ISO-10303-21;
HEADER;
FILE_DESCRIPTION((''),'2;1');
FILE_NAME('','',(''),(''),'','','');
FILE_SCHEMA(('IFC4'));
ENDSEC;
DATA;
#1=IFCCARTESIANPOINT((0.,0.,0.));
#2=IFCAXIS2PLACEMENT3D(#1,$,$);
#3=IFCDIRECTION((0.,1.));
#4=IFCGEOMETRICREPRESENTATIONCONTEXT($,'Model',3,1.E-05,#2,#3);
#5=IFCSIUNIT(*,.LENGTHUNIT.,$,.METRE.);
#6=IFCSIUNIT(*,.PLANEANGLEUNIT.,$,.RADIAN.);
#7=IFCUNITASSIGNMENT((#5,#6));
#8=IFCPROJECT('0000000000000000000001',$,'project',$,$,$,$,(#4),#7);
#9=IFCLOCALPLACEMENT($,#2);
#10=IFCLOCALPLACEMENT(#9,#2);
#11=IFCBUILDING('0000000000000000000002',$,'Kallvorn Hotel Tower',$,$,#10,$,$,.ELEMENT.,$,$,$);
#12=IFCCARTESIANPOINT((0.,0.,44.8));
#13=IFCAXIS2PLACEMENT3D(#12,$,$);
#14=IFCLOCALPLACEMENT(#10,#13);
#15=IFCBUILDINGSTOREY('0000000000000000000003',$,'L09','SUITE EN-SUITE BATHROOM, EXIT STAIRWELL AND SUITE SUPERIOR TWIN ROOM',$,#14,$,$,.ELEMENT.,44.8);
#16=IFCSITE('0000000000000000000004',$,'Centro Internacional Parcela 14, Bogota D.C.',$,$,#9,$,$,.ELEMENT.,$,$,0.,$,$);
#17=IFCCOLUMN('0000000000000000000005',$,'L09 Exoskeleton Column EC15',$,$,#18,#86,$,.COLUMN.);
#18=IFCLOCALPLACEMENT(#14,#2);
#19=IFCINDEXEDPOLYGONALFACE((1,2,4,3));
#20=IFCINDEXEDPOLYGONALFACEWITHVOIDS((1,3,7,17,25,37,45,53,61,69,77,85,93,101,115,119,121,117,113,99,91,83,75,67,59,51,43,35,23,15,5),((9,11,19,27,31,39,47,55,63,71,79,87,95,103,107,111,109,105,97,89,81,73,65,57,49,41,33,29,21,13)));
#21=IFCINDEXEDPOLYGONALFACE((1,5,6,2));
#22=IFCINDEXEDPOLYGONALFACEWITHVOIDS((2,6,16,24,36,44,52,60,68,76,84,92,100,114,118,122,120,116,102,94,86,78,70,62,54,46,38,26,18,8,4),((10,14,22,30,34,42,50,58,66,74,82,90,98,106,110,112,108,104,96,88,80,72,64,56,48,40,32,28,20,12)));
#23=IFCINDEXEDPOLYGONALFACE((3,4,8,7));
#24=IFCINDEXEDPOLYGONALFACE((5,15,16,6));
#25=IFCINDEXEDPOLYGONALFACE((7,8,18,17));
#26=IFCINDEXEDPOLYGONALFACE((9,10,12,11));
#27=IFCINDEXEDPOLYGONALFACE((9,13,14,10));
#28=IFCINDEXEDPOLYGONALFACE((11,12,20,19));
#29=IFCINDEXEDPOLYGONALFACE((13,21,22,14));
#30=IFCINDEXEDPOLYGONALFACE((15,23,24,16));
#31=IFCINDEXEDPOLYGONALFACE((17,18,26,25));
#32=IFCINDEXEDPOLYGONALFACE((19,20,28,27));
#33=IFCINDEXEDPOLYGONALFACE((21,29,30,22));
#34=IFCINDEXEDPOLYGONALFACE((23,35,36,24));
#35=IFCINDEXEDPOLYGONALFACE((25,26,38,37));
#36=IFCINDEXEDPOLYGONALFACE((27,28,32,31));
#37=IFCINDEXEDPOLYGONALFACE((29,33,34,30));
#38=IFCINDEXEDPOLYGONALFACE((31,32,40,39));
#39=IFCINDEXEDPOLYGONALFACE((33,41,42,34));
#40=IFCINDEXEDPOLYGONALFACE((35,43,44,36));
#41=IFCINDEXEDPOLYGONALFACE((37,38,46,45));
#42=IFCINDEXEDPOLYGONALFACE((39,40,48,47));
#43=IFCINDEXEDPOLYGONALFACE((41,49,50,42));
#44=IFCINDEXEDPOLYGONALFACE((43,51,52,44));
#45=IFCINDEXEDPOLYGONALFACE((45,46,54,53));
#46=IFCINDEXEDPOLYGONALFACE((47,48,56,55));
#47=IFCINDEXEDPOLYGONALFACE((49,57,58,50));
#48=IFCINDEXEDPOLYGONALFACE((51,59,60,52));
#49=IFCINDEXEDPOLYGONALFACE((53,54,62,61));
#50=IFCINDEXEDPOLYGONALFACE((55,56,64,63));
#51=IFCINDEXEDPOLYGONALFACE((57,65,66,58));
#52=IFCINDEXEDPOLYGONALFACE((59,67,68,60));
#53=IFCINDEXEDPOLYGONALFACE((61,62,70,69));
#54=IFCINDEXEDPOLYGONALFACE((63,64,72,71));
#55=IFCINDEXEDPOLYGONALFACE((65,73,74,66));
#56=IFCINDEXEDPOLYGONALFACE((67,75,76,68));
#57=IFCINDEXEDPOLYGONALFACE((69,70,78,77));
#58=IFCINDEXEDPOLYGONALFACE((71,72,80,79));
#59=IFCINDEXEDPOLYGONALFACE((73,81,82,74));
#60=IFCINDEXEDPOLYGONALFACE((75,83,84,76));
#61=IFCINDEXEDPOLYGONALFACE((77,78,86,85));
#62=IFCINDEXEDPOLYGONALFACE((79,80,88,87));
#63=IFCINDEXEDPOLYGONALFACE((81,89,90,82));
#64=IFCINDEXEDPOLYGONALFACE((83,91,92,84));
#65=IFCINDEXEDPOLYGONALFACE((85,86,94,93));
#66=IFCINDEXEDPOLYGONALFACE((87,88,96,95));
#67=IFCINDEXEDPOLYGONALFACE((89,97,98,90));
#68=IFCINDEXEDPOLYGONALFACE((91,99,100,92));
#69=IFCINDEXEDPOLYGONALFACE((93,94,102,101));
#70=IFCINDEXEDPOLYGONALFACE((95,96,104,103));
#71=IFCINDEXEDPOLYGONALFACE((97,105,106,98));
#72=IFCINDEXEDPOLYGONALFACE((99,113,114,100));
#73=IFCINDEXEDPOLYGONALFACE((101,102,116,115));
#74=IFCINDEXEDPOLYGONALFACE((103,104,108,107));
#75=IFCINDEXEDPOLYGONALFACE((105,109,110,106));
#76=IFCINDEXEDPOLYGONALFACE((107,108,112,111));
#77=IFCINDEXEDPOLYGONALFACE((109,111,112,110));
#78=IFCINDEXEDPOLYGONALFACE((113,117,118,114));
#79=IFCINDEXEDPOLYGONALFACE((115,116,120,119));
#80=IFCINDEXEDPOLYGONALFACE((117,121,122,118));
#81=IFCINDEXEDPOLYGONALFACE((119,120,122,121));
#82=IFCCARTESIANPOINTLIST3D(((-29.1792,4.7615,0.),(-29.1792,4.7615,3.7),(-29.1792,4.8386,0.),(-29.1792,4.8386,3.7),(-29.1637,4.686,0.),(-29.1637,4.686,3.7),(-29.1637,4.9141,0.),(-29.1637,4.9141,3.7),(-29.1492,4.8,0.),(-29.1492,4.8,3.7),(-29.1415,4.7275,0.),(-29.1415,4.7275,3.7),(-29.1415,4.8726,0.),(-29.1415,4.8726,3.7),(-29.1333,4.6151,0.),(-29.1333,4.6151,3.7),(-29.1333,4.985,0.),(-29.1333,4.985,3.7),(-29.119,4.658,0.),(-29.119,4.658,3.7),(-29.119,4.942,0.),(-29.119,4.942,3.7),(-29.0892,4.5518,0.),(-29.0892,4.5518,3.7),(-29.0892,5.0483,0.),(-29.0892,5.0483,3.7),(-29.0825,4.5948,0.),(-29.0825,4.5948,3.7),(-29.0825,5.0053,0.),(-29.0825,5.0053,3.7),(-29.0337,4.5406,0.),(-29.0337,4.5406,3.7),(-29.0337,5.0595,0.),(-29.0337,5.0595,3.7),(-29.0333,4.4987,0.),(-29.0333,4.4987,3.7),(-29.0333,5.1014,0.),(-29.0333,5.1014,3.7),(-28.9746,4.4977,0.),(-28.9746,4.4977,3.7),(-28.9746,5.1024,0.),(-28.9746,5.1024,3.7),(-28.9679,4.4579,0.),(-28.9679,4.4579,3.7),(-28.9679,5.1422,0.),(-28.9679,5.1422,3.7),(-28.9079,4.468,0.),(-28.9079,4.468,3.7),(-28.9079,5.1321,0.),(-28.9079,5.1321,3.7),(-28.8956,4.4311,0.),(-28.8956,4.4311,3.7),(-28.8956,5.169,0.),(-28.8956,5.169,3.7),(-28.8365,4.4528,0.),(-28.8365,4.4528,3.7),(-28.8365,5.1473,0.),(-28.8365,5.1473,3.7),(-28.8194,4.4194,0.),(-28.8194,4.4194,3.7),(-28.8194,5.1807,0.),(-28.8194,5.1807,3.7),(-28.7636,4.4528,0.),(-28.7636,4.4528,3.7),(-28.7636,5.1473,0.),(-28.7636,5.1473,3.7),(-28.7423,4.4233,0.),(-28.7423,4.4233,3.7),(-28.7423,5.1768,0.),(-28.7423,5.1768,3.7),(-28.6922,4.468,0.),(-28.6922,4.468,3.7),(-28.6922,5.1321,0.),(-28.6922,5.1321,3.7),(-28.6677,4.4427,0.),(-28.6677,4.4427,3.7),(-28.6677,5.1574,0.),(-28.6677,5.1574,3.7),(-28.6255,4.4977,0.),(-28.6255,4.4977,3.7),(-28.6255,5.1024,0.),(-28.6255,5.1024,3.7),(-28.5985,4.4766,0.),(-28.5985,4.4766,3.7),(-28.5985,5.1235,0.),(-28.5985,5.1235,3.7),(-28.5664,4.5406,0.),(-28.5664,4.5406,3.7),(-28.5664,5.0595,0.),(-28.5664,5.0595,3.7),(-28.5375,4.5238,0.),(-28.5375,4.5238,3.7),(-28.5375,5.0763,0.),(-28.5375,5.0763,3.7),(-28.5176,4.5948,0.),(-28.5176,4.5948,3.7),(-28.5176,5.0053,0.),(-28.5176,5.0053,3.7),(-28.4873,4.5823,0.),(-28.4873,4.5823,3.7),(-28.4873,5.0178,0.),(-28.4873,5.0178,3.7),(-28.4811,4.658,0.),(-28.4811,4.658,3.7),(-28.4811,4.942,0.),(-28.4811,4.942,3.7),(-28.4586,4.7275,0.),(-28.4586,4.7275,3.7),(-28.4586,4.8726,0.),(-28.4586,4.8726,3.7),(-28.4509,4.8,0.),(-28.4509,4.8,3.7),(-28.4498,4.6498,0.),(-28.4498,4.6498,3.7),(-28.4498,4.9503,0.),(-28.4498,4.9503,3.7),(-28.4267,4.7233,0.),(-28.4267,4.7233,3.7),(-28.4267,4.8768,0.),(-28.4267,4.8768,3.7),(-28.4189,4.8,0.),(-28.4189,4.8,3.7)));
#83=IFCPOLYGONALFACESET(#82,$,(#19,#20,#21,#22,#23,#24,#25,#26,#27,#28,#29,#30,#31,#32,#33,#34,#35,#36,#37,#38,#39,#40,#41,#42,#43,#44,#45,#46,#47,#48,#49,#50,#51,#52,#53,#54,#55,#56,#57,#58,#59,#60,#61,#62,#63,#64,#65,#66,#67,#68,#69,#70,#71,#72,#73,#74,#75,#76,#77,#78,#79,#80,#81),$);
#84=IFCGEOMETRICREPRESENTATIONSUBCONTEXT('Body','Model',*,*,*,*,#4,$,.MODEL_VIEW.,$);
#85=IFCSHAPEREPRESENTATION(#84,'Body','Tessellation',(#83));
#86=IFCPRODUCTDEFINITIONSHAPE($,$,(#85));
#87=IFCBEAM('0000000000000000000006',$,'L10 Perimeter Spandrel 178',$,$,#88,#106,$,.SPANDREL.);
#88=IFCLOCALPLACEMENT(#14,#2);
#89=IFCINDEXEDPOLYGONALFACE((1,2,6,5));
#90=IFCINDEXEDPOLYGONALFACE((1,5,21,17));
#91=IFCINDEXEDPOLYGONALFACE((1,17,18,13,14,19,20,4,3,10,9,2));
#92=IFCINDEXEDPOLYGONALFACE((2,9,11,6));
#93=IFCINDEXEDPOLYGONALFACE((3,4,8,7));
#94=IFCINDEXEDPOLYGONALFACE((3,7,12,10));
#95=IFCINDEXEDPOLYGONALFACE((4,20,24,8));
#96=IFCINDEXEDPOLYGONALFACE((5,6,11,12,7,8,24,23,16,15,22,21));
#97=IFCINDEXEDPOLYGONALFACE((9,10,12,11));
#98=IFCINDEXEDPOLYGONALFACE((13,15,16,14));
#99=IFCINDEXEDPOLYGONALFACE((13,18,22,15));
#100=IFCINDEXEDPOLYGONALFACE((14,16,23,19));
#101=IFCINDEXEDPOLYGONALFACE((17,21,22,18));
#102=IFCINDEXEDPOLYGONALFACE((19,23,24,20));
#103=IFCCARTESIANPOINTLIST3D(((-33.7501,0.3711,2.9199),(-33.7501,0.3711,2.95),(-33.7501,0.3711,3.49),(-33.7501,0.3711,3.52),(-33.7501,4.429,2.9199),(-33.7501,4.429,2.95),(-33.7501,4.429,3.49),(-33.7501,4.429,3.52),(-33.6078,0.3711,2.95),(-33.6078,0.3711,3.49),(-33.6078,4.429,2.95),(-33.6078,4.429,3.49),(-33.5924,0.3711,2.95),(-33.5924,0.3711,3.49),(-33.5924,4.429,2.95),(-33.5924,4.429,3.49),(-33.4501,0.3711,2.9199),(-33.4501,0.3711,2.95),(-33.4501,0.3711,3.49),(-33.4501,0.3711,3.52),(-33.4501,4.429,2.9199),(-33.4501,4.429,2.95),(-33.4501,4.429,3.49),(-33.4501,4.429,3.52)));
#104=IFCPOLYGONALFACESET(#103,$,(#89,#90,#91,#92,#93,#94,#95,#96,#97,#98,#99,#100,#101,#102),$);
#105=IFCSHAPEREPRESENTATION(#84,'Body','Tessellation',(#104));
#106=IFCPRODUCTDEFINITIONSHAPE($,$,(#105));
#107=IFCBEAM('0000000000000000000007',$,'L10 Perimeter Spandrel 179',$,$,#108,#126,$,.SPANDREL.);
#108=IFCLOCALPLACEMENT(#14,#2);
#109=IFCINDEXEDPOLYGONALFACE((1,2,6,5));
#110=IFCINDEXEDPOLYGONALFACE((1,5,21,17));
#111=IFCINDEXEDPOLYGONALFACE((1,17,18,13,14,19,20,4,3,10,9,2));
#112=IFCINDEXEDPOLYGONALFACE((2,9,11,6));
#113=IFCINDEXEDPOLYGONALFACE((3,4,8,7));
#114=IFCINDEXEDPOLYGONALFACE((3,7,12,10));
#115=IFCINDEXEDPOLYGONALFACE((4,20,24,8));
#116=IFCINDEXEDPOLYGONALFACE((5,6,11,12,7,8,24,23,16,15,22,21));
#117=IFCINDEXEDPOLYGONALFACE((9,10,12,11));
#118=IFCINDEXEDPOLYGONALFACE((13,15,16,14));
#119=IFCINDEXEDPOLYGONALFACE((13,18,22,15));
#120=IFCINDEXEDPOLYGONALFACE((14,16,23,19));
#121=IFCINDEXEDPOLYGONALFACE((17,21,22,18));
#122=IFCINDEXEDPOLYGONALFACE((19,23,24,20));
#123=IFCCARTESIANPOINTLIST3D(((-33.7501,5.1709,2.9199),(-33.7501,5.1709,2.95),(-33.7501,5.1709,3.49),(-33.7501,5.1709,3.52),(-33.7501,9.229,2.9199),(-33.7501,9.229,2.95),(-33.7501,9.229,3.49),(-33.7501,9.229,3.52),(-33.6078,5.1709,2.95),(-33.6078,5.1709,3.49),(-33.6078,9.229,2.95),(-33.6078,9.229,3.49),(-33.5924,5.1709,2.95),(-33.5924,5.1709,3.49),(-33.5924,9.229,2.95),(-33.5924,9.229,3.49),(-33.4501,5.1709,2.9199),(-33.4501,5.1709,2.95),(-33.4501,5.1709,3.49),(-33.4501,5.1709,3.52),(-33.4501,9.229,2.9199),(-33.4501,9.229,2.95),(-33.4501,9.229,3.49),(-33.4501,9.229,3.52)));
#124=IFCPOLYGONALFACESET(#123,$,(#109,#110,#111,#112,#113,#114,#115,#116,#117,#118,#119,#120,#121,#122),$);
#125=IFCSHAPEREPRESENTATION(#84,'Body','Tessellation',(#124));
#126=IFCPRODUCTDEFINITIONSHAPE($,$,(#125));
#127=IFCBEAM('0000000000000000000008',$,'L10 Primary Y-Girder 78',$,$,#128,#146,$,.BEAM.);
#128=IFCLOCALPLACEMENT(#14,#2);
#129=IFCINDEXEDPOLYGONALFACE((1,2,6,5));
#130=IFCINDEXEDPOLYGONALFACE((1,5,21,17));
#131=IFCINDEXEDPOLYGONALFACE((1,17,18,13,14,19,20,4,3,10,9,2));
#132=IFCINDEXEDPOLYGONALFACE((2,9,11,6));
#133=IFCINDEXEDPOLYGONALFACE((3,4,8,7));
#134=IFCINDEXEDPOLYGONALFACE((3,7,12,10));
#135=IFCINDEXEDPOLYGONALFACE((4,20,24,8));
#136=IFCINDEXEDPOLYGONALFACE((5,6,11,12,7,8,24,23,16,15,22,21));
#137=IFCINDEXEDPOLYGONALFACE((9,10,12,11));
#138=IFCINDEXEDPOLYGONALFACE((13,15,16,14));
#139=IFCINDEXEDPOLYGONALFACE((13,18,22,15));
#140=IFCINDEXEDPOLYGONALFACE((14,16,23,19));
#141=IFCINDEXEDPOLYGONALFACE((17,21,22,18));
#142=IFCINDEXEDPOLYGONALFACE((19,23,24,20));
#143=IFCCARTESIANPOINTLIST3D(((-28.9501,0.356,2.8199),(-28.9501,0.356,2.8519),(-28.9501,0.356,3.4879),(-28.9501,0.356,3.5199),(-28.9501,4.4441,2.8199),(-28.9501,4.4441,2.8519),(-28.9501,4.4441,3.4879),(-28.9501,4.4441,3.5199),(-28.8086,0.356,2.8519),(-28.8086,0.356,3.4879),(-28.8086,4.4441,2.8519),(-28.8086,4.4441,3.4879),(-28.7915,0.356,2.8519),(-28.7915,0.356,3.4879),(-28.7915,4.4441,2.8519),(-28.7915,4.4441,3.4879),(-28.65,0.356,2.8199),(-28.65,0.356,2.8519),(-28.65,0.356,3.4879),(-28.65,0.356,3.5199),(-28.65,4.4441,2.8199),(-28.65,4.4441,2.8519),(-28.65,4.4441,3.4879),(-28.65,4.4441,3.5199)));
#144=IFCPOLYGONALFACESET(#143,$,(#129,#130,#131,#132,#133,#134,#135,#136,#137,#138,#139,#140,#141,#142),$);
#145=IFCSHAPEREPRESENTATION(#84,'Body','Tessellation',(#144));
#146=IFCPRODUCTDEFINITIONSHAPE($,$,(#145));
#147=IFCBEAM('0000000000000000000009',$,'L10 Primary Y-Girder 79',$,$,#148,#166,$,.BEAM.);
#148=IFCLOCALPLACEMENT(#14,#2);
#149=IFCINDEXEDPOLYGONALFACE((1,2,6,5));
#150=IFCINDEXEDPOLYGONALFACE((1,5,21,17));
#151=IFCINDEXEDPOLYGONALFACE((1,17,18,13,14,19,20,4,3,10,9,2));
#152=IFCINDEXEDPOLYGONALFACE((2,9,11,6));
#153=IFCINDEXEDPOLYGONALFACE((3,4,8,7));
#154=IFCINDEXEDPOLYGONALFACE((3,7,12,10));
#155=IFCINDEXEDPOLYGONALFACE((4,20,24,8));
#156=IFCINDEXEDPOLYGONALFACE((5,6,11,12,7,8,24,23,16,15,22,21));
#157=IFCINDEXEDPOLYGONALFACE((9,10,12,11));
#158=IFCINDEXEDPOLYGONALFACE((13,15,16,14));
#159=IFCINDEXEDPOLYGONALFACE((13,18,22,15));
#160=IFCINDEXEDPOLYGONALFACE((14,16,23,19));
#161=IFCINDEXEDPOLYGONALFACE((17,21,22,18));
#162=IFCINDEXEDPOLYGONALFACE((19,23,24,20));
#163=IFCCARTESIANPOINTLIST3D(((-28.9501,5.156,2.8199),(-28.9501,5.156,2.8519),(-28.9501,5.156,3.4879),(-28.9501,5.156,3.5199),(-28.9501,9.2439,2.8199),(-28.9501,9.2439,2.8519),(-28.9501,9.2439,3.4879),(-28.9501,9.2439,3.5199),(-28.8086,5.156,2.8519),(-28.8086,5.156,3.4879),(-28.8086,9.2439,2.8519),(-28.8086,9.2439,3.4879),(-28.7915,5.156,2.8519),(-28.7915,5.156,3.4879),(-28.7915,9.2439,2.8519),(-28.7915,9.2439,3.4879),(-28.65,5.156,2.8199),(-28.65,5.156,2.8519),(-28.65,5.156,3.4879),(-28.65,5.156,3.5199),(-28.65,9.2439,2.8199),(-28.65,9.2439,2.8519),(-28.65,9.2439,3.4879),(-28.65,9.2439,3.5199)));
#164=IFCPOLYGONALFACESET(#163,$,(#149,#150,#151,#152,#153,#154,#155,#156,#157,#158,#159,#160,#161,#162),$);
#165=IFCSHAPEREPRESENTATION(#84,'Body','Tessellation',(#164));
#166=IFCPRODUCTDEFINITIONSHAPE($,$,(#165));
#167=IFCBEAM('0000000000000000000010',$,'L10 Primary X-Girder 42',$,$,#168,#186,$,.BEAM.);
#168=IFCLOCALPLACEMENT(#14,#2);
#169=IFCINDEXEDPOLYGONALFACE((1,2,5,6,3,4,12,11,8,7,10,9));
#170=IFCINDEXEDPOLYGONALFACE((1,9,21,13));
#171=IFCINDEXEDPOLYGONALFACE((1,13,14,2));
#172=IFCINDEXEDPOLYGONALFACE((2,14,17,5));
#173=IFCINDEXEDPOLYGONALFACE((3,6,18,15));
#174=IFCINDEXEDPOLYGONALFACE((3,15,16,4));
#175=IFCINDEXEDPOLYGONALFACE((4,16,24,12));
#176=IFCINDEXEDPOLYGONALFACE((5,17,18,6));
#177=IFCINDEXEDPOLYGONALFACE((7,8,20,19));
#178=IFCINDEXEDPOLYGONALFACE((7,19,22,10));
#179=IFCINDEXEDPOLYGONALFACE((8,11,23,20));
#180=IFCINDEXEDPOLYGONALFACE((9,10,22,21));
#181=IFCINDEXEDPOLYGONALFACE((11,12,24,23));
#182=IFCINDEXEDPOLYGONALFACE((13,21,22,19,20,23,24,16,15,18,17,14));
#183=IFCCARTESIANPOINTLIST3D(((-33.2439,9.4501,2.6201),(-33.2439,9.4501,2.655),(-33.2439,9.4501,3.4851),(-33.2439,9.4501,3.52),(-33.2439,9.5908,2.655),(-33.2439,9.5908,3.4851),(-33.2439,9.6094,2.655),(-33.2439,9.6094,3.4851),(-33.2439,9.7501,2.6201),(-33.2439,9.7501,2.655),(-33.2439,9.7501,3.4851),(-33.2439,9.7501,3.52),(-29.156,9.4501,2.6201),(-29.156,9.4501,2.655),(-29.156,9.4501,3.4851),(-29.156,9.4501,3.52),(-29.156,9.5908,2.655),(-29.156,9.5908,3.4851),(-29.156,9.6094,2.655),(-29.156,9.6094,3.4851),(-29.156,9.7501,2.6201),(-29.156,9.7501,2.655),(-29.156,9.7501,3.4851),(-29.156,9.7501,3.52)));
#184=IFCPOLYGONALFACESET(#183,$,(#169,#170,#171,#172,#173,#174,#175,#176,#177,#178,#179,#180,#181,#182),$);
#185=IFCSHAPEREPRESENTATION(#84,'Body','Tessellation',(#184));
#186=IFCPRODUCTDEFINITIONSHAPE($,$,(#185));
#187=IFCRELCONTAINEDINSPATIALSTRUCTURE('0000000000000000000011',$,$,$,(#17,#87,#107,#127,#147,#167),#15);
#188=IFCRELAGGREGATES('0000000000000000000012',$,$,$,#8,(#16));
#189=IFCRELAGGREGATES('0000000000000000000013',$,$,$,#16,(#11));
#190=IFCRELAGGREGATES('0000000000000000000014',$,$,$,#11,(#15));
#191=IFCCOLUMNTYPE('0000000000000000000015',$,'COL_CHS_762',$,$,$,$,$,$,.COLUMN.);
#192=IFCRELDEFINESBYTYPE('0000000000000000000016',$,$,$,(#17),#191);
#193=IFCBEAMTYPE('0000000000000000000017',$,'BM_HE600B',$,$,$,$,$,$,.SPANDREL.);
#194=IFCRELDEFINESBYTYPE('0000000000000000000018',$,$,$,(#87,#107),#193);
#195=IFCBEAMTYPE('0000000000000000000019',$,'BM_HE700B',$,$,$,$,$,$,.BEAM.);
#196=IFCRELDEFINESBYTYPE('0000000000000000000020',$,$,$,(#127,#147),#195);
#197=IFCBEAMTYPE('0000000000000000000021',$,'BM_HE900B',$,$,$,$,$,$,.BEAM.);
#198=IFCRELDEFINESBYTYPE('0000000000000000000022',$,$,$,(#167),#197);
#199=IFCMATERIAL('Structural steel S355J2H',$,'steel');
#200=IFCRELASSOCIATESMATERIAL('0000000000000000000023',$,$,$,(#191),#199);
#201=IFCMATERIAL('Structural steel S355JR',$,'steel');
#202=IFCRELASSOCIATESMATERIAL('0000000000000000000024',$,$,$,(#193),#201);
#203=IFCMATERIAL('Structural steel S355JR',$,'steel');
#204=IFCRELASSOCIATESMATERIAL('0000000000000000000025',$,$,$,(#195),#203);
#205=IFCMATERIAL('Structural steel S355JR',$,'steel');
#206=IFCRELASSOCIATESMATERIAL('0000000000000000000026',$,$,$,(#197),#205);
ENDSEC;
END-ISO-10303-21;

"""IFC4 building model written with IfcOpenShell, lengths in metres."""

from ifc_helpers import new_model, si_unit, direction, frame, origin, origin_2d, place, context, subcontext, project, spatial, hollow_circle, i_section, extrude, material, material_profile, profile_set, type_object, element, save


model = new_model("IFC4")

# Units and contexts
model_context = context("Model", 3, precision=1e-05, world=origin(), true_north=direction((0.0, 1.0)))
body_context = subcontext(model_context, "Body", "Model", "MODEL_VIEW")
ifc_project = project(units=[si_unit("LENGTHUNIT", "METRE"), si_unit("PLANEANGLEUNIT", "RADIAN")], contexts=[model_context])

# Site, building, storey
site_placement = place(None, origin())
site = spatial("IfcSite", under=ifc_project, at=site_placement, Name="Centro Internacional Parcela 14, Bogota D.C.", CompositionType="ELEMENT", RefElevation=0.0)
building_placement = place(site_placement, origin())
building = spatial("IfcBuilding", under=site, at=building_placement, Name="Kallvorn Hotel Tower", CompositionType="ELEMENT")
storey_placement = place(building_placement, frame((0.0, 0.0, 44.8)))
storey = spatial("IfcBuildingStorey", under=building, at=storey_placement, Name="L09", Description="SUITE EN-SUITE BATHROOM, EXIT STAIRWELL AND SUITE SUPERIOR TWIN ROOM", CompositionType="ELEMENT", Elevation=44.8)

# Column
ifc_material_1 = material(Name="Structural steel S355J2H", Category="steel")
ifc_material_profile_1 = material_profile(ifc_material_1, hollow_circle(Radius=0.3811, WallThickness=0.032, at=origin_2d()), Name="CHS 762x32")
ifc_profile_set_1 = profile_set([ifc_material_profile_1], Name="Structural steel S355J2H")
column_type = type_object("IfcColumnType", Name="COL_CHS_762", PredefinedType="COLUMN", material=ifc_profile_set_1)
for number, where, z_axis, x_axis, name in (
    (1, (-28.8, 4.8, 0.0), (0.0, 0.0, 1.0), (1.0, 0.0, 0.0), "L09 Exoskeleton Column EC15"),
):
    element("IfcColumn", number, at=place(storey_placement, frame(where, z_axis=z_axis, x_axis=x_axis)), inside=storey, type_object=column_type, Name=name, PredefinedType="COLUMN", context=body_context, shape_type="SweptSolid", body=[
        extrude(hollow_circle(Radius=0.3811, WallThickness=0.032, at=origin_2d()), origin(), (0.0, 0.0, 1.0), 3.7),
    ])

# Beams
ifc_material_2 = material(Name="Structural steel S355JR", Category="steel")
ifc_material_profile_2 = material_profile(ifc_material_2, i_section(OverallWidth=0.3, OverallDepth=0.6001, WebThickness=0.0154, FlangeThickness=0.03, at=origin_2d()), Name="HE 600 B")
ifc_profile_set_2 = profile_set([ifc_material_profile_2], Name="Structural steel S355JR")
beam_type_1 = type_object("IfcBeamType", Name="BM_HE600B", PredefinedType="SPANDREL", material=ifc_profile_set_2)
beam_1_placement = place(storey_placement, frame((-33.6001, 0.3711, 3.22), z_axis=(0.0, 1.0, 0.0), x_axis=(-1.0, 0.0, 0.0)))
element("IfcBeam", 2, at=beam_1_placement, inside=storey, type_object=beam_type_1, Name="L10 Perimeter Spandrel 178", PredefinedType="SPANDREL", context=body_context, shape_type="SweptSolid", body=[
    extrude(i_section(OverallWidth=0.3, OverallDepth=0.6001, WebThickness=0.0154, FlangeThickness=0.03, at=origin_2d()), origin(), (0.0, 0.0, 1.0), 4.0579),
])
beam_2_placement = place(storey_placement, frame((-33.6001, 5.1709, 3.22), z_axis=(0.0, 1.0, 0.0), x_axis=(-1.0, 0.0, 0.0)))
element("IfcBeam", 3, at=beam_2_placement, inside=storey, type_object=beam_type_1, Name="L10 Perimeter Spandrel 179", PredefinedType="SPANDREL", context=body_context, shape_type="SweptSolid", body=[
    extrude(i_section(OverallWidth=0.3, OverallDepth=0.6001, WebThickness=0.0154, FlangeThickness=0.03, at=origin_2d()), origin(), (0.0, 0.0, 1.0), 4.0581),
])
ifc_material_3 = material(Name="Structural steel S355JR", Category="steel")
ifc_material_profile_3 = material_profile(ifc_material_3, i_section(OverallWidth=0.3, OverallDepth=0.7, WebThickness=0.0171, FlangeThickness=0.032, at=origin_2d()), Name="HE 700 B")
ifc_profile_set_3 = profile_set([ifc_material_profile_3], Name="Structural steel S355JR")
beam_type_2 = type_object("IfcBeamType", Name="BM_HE700B", PredefinedType="BEAM", material=ifc_profile_set_3)
beam_3_placement = place(storey_placement, frame((-28.8, 0.356, 3.1699), z_axis=(0.0, 1.0, 0.0), x_axis=(-1.0, 0.0, 0.0)))
element("IfcBeam", 4, at=beam_3_placement, inside=storey, type_object=beam_type_2, Name="L10 Primary Y-Girder 78", PredefinedType="BEAM", context=body_context, shape_type="SweptSolid", body=[
    extrude(i_section(OverallWidth=0.3, OverallDepth=0.7, WebThickness=0.0171, FlangeThickness=0.032, at=origin_2d()), origin(), (0.0, 0.0, 1.0), 4.0881),
])
beam_4_placement = place(storey_placement, frame((-28.8, 5.156, 3.1699), z_axis=(0.0, 1.0, 0.0), x_axis=(-1.0, 0.0, 0.0)))
element("IfcBeam", 5, at=beam_4_placement, inside=storey, type_object=beam_type_2, Name="L10 Primary Y-Girder 79", PredefinedType="BEAM", context=body_context, shape_type="SweptSolid", body=[
    extrude(i_section(OverallWidth=0.3, OverallDepth=0.7, WebThickness=0.0171, FlangeThickness=0.032, at=origin_2d()), origin(), (0.0, 0.0, 1.0), 4.0879),
])
ifc_material_4 = material(Name="Structural steel S355JR", Category="steel")
ifc_material_profile_4 = material_profile(ifc_material_4, i_section(OverallWidth=0.3, OverallDepth=0.8999, WebThickness=0.0186, FlangeThickness=0.0349, at=origin_2d()), Name="HE 900 B")
ifc_profile_set_4 = profile_set([ifc_material_profile_4], Name="Structural steel S355JR")
beam_type_3 = type_object("IfcBeamType", Name="BM_HE900B", PredefinedType="BEAM", material=ifc_profile_set_4)
beam_5_placement = place(storey_placement, frame((-33.2439, 9.6001, 3.0701), z_axis=(1.0, 0.0, 0.0), x_axis=(0.0, 1.0, 0.0)))
element("IfcBeam", 6, at=beam_5_placement, inside=storey, type_object=beam_type_3, Name="L10 Primary X-Girder 42", PredefinedType="BEAM", context=body_context, shape_type="SweptSolid", body=[
    extrude(i_section(OverallWidth=0.3, OverallDepth=0.8999, WebThickness=0.0186, FlangeThickness=0.0349, at=origin_2d()), origin(), (0.0, 0.0, 1.0), 4.0879),
])

save(model, "model.ifc")
